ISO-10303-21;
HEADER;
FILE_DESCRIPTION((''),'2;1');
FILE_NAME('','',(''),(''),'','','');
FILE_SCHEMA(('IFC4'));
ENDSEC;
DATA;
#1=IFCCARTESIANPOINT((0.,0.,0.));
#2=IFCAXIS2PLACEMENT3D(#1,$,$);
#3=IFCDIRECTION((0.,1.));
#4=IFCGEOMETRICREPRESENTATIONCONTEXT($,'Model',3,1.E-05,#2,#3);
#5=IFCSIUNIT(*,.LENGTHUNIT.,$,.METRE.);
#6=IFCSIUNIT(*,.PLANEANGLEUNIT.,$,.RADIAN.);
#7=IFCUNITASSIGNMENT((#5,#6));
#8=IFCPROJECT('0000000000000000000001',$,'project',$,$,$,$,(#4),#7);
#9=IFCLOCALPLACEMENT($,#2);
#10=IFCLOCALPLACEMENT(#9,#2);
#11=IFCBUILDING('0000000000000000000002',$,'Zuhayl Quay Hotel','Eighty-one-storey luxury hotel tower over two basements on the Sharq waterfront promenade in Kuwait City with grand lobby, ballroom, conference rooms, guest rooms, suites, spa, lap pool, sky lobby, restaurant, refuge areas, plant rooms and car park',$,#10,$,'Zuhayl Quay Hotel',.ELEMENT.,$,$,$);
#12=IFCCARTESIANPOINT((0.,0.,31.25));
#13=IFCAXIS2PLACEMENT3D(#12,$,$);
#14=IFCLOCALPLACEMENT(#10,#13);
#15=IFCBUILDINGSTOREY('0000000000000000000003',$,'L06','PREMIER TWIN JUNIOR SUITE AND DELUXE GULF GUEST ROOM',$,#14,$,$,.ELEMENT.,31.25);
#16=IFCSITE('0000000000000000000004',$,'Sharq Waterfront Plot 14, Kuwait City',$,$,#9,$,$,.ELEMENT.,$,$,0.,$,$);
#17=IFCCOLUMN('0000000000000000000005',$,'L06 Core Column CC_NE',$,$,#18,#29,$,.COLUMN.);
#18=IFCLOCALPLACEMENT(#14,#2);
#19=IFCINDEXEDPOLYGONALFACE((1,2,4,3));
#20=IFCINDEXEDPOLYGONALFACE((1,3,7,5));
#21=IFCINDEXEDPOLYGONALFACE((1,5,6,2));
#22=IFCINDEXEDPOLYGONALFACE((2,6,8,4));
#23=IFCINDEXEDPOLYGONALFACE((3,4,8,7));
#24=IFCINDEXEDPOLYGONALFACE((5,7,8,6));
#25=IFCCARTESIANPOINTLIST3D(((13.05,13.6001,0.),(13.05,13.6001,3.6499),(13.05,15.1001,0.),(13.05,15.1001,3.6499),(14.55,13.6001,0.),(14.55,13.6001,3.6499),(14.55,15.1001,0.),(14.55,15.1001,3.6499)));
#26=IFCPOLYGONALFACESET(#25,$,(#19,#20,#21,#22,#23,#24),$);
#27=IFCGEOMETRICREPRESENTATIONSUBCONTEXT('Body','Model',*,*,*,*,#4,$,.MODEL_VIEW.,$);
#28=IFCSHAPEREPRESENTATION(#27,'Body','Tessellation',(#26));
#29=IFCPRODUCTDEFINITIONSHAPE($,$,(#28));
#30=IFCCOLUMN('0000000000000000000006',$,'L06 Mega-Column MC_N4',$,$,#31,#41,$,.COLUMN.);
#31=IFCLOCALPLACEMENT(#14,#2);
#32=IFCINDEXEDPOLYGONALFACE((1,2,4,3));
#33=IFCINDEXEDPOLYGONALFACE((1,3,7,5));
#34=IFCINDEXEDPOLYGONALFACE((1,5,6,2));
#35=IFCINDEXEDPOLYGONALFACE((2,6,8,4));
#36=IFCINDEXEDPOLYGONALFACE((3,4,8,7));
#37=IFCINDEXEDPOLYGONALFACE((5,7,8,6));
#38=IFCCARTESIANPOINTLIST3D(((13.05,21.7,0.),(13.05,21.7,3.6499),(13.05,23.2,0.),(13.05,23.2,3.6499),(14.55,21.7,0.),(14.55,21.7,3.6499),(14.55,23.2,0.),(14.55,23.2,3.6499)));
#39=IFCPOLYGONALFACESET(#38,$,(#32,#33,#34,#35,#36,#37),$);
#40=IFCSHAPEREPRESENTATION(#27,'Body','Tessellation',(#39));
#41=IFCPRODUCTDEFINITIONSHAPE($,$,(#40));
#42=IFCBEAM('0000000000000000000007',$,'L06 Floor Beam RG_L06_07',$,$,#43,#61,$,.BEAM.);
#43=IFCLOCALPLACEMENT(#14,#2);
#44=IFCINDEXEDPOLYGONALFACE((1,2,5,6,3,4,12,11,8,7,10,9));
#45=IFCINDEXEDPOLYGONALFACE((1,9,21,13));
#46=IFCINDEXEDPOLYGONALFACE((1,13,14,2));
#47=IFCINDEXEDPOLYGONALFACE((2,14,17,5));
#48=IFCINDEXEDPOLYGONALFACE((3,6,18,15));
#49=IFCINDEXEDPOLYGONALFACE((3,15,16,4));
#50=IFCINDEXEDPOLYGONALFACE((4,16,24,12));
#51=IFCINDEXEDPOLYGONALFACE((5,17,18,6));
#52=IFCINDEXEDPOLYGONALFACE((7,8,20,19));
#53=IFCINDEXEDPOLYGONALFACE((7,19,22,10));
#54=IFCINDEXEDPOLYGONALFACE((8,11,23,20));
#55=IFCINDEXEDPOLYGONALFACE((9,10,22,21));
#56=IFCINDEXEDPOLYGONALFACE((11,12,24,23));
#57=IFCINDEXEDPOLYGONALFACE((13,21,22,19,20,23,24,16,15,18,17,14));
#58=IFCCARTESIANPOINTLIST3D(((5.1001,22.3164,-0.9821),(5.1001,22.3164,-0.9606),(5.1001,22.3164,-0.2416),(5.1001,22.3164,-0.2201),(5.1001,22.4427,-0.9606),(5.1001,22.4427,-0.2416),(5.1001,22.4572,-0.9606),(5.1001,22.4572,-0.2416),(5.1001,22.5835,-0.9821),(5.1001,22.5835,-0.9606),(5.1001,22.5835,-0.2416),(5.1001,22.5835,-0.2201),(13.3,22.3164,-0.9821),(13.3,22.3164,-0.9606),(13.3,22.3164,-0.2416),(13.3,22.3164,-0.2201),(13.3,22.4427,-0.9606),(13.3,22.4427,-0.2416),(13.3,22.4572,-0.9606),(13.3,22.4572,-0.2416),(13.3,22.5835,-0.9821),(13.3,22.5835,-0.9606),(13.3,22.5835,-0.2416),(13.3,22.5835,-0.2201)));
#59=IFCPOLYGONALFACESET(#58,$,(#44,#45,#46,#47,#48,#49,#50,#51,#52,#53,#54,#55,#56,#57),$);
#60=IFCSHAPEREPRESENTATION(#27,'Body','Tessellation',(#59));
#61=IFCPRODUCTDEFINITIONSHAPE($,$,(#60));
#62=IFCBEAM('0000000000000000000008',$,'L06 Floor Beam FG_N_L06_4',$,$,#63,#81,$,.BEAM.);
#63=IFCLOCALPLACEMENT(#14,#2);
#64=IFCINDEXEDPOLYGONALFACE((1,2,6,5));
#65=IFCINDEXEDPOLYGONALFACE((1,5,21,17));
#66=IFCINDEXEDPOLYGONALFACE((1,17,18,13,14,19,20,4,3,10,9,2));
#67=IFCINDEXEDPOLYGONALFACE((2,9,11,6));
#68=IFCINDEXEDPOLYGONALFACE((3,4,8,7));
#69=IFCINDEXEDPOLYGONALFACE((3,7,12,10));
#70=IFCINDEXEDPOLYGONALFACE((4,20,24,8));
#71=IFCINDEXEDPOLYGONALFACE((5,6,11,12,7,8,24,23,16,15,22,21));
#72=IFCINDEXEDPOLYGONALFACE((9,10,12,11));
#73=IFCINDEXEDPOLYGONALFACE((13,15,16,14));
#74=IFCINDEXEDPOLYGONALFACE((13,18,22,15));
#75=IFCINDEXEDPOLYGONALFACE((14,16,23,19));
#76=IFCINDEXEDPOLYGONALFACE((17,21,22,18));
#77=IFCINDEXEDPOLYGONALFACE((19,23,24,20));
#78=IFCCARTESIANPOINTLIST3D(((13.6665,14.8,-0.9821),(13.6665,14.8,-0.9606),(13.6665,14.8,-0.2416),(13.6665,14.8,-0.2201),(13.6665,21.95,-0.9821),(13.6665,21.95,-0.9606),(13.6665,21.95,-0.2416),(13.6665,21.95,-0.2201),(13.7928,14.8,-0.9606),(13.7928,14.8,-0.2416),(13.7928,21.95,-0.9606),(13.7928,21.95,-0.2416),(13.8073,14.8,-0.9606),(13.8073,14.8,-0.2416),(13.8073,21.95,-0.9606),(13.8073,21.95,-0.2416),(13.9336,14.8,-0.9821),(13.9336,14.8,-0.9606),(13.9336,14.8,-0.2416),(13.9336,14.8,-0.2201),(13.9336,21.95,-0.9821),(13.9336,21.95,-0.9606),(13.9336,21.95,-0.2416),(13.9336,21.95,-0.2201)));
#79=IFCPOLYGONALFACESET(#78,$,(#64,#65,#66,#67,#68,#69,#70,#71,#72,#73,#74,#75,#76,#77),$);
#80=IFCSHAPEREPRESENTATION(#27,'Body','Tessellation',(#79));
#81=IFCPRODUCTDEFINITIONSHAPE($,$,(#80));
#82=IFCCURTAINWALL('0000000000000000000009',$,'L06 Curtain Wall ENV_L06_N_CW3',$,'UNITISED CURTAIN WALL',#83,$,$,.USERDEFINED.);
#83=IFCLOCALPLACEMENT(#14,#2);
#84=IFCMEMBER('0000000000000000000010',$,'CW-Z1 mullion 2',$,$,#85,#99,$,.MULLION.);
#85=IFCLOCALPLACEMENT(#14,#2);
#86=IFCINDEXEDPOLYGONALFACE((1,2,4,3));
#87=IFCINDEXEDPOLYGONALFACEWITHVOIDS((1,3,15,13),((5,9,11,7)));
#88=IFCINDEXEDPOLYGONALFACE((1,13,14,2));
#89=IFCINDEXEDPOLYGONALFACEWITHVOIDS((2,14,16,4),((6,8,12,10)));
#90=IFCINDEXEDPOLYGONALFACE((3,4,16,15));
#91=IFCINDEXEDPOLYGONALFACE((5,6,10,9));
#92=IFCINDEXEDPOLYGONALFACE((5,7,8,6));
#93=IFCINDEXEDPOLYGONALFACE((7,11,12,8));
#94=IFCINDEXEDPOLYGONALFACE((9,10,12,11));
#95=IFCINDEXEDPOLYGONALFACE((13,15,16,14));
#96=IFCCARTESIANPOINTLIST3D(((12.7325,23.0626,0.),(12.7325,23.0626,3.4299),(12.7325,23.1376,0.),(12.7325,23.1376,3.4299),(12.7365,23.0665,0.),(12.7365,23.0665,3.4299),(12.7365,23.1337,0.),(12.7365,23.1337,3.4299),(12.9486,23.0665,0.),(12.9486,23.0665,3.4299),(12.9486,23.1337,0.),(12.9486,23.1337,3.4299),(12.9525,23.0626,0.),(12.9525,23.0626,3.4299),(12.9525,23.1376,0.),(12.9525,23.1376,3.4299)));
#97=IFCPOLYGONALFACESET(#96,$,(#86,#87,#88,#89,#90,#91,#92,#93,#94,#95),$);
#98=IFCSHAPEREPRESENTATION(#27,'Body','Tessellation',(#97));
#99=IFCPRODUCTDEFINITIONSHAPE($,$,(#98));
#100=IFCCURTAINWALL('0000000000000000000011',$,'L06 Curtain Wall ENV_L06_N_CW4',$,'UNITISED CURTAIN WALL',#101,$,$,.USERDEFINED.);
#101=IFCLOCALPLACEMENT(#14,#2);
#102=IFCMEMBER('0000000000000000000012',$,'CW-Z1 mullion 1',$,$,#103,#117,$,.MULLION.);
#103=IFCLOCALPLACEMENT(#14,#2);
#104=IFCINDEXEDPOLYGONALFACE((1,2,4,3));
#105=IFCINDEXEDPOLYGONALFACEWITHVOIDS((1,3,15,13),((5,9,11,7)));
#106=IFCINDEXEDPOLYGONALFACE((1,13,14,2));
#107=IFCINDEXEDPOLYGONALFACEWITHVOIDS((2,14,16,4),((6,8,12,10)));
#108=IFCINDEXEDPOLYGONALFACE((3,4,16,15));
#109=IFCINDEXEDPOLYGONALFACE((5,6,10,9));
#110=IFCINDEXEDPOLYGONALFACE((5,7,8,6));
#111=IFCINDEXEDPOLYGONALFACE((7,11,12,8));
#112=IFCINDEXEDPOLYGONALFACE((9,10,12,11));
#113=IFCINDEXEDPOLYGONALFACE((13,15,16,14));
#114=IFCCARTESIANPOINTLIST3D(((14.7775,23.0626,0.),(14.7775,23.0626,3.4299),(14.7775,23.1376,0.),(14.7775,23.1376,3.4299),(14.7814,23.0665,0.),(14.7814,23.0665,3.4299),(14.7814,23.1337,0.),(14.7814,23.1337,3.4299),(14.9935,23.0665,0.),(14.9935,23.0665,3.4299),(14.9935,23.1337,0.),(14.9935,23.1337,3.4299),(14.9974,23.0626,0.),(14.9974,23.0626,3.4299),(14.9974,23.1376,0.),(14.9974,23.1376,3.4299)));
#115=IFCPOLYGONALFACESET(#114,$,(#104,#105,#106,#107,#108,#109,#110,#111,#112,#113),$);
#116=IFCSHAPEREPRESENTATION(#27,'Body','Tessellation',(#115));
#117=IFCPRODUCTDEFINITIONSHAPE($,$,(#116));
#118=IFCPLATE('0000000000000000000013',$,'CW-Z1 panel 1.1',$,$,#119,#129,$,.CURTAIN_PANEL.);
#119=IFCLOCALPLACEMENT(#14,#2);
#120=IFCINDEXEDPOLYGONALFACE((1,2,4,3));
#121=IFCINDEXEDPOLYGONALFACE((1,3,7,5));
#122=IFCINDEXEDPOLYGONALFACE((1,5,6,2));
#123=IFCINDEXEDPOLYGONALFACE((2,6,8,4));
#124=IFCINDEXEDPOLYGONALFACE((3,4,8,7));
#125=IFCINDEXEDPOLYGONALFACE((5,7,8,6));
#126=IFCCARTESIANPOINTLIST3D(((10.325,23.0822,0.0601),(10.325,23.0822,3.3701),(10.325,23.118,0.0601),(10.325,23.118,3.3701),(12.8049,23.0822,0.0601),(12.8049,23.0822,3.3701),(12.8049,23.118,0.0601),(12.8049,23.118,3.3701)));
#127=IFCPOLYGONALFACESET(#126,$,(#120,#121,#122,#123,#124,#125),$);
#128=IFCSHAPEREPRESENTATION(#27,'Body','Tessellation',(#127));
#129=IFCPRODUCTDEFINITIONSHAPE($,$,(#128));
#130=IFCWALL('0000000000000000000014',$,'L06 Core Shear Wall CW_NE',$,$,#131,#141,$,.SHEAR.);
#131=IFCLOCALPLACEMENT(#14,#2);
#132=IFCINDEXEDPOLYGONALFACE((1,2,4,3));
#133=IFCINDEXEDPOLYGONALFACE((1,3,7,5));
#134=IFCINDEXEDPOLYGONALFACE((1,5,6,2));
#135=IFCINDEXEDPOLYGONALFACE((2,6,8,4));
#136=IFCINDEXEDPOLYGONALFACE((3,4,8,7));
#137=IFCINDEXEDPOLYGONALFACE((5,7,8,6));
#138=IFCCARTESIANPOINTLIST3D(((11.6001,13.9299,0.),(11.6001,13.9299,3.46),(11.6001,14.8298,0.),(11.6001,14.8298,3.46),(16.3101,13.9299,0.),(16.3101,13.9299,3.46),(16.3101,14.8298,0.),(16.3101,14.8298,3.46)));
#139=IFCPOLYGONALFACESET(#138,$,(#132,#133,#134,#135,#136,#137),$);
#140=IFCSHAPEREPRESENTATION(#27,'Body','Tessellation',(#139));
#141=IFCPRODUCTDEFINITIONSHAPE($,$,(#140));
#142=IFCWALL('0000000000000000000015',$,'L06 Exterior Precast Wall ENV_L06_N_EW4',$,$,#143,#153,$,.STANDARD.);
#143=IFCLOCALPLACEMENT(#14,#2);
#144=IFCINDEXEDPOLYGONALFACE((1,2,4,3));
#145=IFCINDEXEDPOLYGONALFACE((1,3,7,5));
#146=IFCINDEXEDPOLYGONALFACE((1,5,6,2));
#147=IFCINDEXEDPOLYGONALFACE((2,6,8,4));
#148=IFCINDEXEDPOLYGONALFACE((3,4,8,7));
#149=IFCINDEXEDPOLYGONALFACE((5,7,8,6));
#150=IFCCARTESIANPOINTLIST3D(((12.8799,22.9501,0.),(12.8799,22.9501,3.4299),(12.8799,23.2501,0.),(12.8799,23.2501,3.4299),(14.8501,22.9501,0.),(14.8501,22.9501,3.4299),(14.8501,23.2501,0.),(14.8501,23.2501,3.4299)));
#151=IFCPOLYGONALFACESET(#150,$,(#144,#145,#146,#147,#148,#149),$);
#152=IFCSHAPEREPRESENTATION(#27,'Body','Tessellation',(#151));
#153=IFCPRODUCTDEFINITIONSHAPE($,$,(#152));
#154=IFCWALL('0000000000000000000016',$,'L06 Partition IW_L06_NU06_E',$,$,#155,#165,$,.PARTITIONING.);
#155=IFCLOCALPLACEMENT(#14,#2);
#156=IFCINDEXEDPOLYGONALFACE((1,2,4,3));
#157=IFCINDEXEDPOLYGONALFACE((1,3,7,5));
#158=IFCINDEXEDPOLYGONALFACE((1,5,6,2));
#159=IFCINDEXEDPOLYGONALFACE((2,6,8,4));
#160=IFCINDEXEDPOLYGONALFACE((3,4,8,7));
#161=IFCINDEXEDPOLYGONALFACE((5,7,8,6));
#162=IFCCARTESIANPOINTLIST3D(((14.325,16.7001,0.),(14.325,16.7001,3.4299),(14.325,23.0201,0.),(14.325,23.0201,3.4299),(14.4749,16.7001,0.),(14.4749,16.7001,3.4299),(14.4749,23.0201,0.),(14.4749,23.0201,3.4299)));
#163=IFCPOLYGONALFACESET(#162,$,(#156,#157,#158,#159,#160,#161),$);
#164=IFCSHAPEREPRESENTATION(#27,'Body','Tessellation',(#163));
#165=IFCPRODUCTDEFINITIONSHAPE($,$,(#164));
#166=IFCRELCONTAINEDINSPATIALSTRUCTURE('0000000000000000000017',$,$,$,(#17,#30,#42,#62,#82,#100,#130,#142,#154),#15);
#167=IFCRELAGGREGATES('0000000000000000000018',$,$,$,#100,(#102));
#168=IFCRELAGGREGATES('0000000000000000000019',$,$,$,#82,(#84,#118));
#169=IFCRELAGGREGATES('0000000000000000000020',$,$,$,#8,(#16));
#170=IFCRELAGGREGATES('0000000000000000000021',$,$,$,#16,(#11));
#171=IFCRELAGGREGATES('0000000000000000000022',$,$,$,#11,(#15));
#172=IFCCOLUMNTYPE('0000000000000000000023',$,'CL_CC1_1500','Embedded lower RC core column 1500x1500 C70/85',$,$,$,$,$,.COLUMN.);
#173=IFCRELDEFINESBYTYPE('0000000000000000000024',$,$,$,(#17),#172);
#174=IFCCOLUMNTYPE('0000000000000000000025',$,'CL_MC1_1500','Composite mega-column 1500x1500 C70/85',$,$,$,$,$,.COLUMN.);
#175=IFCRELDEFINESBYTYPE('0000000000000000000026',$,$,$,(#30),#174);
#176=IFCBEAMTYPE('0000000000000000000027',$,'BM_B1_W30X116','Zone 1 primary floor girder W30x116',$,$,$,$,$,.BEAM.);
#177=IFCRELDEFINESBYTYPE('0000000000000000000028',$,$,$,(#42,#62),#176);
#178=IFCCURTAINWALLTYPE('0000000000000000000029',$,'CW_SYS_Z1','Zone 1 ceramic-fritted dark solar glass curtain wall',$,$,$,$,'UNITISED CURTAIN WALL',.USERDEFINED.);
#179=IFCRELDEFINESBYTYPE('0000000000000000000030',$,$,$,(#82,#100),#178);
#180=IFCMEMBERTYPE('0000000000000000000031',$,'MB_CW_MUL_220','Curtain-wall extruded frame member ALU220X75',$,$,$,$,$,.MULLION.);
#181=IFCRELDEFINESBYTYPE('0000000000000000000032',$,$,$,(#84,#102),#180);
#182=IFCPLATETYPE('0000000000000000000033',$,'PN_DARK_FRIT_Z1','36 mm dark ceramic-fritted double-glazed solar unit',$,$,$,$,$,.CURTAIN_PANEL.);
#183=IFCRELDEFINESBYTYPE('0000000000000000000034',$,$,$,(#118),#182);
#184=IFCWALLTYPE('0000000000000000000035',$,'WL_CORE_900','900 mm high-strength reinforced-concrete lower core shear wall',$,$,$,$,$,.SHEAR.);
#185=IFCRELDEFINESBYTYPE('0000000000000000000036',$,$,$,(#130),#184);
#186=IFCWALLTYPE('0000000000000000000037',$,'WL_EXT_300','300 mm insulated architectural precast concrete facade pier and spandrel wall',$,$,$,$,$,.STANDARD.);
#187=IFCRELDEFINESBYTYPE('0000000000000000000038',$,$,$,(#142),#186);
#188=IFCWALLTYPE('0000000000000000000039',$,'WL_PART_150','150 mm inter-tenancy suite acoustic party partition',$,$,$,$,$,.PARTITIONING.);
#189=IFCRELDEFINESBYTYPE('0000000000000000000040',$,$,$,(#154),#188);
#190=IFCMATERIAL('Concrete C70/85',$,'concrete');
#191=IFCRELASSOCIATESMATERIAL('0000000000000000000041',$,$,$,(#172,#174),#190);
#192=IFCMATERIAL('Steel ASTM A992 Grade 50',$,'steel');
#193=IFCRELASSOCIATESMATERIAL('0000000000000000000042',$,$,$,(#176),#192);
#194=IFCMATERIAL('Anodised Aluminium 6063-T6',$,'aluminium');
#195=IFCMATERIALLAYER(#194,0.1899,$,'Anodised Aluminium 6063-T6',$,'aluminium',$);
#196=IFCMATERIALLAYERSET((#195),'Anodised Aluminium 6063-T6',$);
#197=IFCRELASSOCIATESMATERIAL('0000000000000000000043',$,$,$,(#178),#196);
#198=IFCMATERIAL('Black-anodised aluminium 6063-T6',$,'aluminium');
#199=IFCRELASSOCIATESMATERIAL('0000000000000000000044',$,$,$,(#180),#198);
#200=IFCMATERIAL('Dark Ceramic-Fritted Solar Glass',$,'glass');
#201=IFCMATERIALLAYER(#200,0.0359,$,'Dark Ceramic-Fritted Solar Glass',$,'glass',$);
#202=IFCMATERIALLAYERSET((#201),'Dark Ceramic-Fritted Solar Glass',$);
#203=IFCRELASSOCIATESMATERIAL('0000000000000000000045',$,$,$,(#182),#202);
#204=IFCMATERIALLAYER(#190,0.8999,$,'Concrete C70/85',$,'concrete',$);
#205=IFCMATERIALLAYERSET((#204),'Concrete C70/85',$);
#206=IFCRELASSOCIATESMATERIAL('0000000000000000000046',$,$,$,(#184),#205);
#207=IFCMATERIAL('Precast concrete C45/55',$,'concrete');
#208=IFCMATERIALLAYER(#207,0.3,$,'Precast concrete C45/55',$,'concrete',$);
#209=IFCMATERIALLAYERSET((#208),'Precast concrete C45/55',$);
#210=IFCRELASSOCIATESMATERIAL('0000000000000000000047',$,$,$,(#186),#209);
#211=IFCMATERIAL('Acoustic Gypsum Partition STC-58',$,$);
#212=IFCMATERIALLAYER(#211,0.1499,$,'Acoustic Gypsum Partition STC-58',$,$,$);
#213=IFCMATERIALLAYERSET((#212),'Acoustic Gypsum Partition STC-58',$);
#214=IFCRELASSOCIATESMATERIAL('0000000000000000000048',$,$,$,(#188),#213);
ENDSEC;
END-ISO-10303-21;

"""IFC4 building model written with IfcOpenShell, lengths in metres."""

from ifc_helpers import new_model, si_unit, direction, frame, frame_2d, origin, origin_2d, place, context, subcontext, project, spatial, rectangle, hollow_rectangle, i_section, extrude, material, layer, layer_set, material_profile, profile_set, type_object, element, aggregate, save


model = new_model("IFC4")

# Units and contexts
model_context = context("Model", 3, precision=1e-05, world=origin(), true_north=direction((0.0, 1.0)))
body_context = subcontext(model_context, "Body", "Model", "MODEL_VIEW")
ifc_project = project(units=[si_unit("LENGTHUNIT", "METRE"), si_unit("PLANEANGLEUNIT", "RADIAN")], contexts=[model_context])

# Site, building, storey
site_placement = place(None, origin())
site = spatial("IfcSite", under=ifc_project, at=site_placement, Name="Sharq Waterfront Plot 14, Kuwait City", CompositionType="ELEMENT", RefElevation=0.0)
building_placement = place(site_placement, origin())
building = spatial("IfcBuilding", under=site, at=building_placement, Name="Zuhayl Quay Hotel", Description="Eighty-one-storey luxury hotel tower over two basements on the Sharq waterfront promenade in Kuwait City with grand lobby, ballroom, conference rooms, guest rooms, suites, spa, lap pool, sky lobby, restaurant, refuge areas, plant rooms and car park", LongName="Zuhayl Quay Hotel", CompositionType="ELEMENT")
storey_placement = place(building_placement, frame((0.0, 0.0, 31.25)))
storey = spatial("IfcBuildingStorey", under=building, at=storey_placement, Name="L06", Description="PREMIER TWIN JUNIOR SUITE AND DELUXE GULF GUEST ROOM", CompositionType="ELEMENT", Elevation=31.25)

# Columns
ifc_material_1 = material(Name="Concrete C70/85", Category="concrete")
ifc_material_profile_1 = material_profile(ifc_material_1, rectangle(XDim=1.5, YDim=1.5, at=origin_2d()), Name="RC1500X1500")
ifc_profile_set_1 = profile_set([ifc_material_profile_1], Name="Concrete C70/85")
column_type_1 = type_object("IfcColumnType", Name="CL_CC1_1500", Description="Embedded lower RC core column 1500x1500 C70/85", PredefinedType="COLUMN", material=ifc_profile_set_1)
column_1_placement = place(storey_placement, frame((13.8, 14.3501, 0.0), z_axis=(0.0, 0.0, 1.0), x_axis=(1.0, 0.0, 0.0)))
element("IfcColumn", 1, at=column_1_placement, inside=storey, type_object=column_type_1, Name="L06 Core Column CC_NE", PredefinedType="COLUMN", context=body_context, shape_type="SweptSolid", body=[
    extrude(rectangle(XDim=1.5, YDim=1.5, at=origin_2d()), origin(), (0.0, 0.0, 1.0), 3.6499),
])
ifc_material_profile_2 = material_profile(ifc_material_1, rectangle(XDim=1.5, YDim=1.5, at=origin_2d()), Name="RC1500X1500")
ifc_profile_set_2 = profile_set([ifc_material_profile_2], Name="Concrete C70/85")
column_type_2 = type_object("IfcColumnType", Name="CL_MC1_1500", Description="Composite mega-column 1500x1500 C70/85", PredefinedType="COLUMN", material=ifc_profile_set_2)
column_2_placement = place(storey_placement, frame((13.8, 22.45, 0.0), z_axis=(0.0, 0.0, 1.0), x_axis=(1.0, 0.0, 0.0)))
element("IfcColumn", 2, at=column_2_placement, inside=storey, type_object=column_type_2, Name="L06 Mega-Column MC_N4", PredefinedType="COLUMN", context=body_context, shape_type="SweptSolid", body=[
    extrude(rectangle(XDim=1.5, YDim=1.5, at=origin_2d()), origin(), (0.0, 0.0, 1.0), 3.6499),
])

# Beams
ifc_material_2 = material(Name="Steel ASTM A992 Grade 50", Category="steel")
ifc_material_profile_3 = material_profile(ifc_material_2, i_section(OverallWidth=0.2671, OverallDepth=0.762, WebThickness=0.0144, FlangeThickness=0.0215, at=origin_2d()), Name="W30X116")
ifc_profile_set_3 = profile_set([ifc_material_profile_3], Name="Steel ASTM A992 Grade 50")
beam_type = type_object("IfcBeamType", Name="BM_B1_W30X116", Description="Zone 1 primary floor girder W30x116", PredefinedType="BEAM", material=ifc_profile_set_3)
beam_1_placement = place(storey_placement, frame((13.3, 22.45, -0.6011), z_axis=(-1.0, 0.0, 0.0), x_axis=(0.0, -1.0, 0.0)))
element("IfcBeam", 3, at=beam_1_placement, inside=storey, type_object=beam_type, Name="L06 Floor Beam RG_L06_07", PredefinedType="BEAM", context=body_context, shape_type="SweptSolid", body=[
    extrude(i_section(OverallWidth=0.2671, OverallDepth=0.762, WebThickness=0.0144, FlangeThickness=0.0215, at=origin_2d()), origin(), (0.0, 0.0, 1.0), 8.2),
])
beam_2_placement = place(storey_placement, frame((13.8, 14.8, -0.6011), z_axis=(0.0, 1.0, 0.0), x_axis=(-1.0, 0.0, 0.0)))
element("IfcBeam", 4, at=beam_2_placement, inside=storey, type_object=beam_type, Name="L06 Floor Beam FG_N_L06_4", PredefinedType="BEAM", context=body_context, shape_type="SweptSolid", body=[
    extrude(i_section(OverallWidth=0.2671, OverallDepth=0.762, WebThickness=0.0144, FlangeThickness=0.0215, at=origin_2d()), origin(), (0.0, 0.0, 1.0), 7.1499),
])

# Curtain walls, members
ifc_material_3 = material(Name="Anodised Aluminium 6063-T6", Category="aluminium")
ifc_layer_1 = layer(ifc_material_3, 0.1899, Name="Anodised Aluminium 6063-T6", Category="aluminium")
ifc_layer_set_1 = layer_set([ifc_layer_1], Name="Anodised Aluminium 6063-T6")
curtain_wall_type = type_object("IfcCurtainWallType", Name="CW_SYS_Z1", Description="Zone 1 ceramic-fritted dark solar glass curtain wall", ElementType="UNITISED CURTAIN WALL", PredefinedType="USERDEFINED", material=ifc_layer_set_1)
curtain_wall_1_placement = place(storey_placement, origin())
curtain_wall_1 = element("IfcCurtainWall", 5, at=curtain_wall_1_placement, inside=storey, type_object=curtain_wall_type, Name="L06 Curtain Wall ENV_L06_N_CW3", ObjectType="UNITISED CURTAIN WALL", PredefinedType="USERDEFINED")
ifc_material_4 = material(Name="Black-anodised aluminium 6063-T6", Category="aluminium")
ifc_material_profile_4 = material_profile(ifc_material_4, hollow_rectangle(XDim=0.075, YDim=0.22, WallThickness=0.0039, at=origin_2d()), Name="ALU220X75")
ifc_profile_set_4 = profile_set([ifc_material_profile_4], Name="Black-anodised aluminium 6063-T6")
member_type = type_object("IfcMemberType", Name="MB_CW_MUL_220", Description="Curtain-wall extruded frame member ALU220X75", PredefinedType="MULLION", material=ifc_profile_set_4)
member_1_placement = place(storey_placement, frame((12.8425, 23.1001, 0.0), z_axis=(0.0, 0.0, 1.0), x_axis=(0.0, 1.0, 0.0)))
member_1 = element("IfcMember", 6, at=member_1_placement, type_object=member_type, Name="CW-Z1 mullion 2", PredefinedType="MULLION", context=body_context, shape_type="SweptSolid", body=[
    extrude(hollow_rectangle(XDim=0.075, YDim=0.22, WallThickness=0.0039, at=origin_2d()), origin(), (0.0, 0.0, 1.0), 3.4299),
])
curtain_wall_2_placement = place(storey_placement, origin())
curtain_wall_2 = element("IfcCurtainWall", 7, at=curtain_wall_2_placement, inside=storey, type_object=curtain_wall_type, Name="L06 Curtain Wall ENV_L06_N_CW4", ObjectType="UNITISED CURTAIN WALL", PredefinedType="USERDEFINED")
member_2_placement = place(storey_placement, frame((14.8875, 23.1001, 0.0), z_axis=(0.0, 0.0, 1.0), x_axis=(0.0, 1.0, 0.0)))
member_2 = element("IfcMember", 8, at=member_2_placement, type_object=member_type, Name="CW-Z1 mullion 1", PredefinedType="MULLION", context=body_context, shape_type="SweptSolid", body=[
    extrude(hollow_rectangle(XDim=0.075, YDim=0.22, WallThickness=0.0039, at=origin_2d()), origin(), (0.0, 0.0, 1.0), 3.4299),
])
aggregate(curtain_wall_2, [member_2])

# Plate
ifc_material_5 = material(Name="Dark Ceramic-Fritted Solar Glass", Category="glass")
ifc_layer_2 = layer(ifc_material_5, 0.0359, Name="Dark Ceramic-Fritted Solar Glass", Category="glass")
ifc_layer_set_2 = layer_set([ifc_layer_2], Name="Dark Ceramic-Fritted Solar Glass")
plate_type = type_object("IfcPlateType", Name="PN_DARK_FRIT_Z1", Description="36 mm dark ceramic-fritted double-glazed solar unit", PredefinedType="CURTAIN_PANEL", material=ifc_layer_set_2)
plate_placement = place(storey_placement, frame((11.5649, 23.1001, 0.0601), z_axis=(0.0, 0.0, 1.0), x_axis=(1.0, 0.0, 0.0)))
plate = element("IfcPlate", 9, at=plate_placement, type_object=plate_type, Name="CW-Z1 panel 1.1", PredefinedType="CURTAIN_PANEL", context=body_context, shape_type="SweptSolid", body=[
    extrude(rectangle(XDim=2.48, YDim=0.0359, at=origin_2d()), origin(), (0.0, 0.0, 1.0), 3.3101),
])
aggregate(curtain_wall_1, [member_1, plate])

# Walls
ifc_layer_3 = layer(ifc_material_1, 0.8999, Name="Concrete C70/85", Category="concrete")
ifc_layer_set_3 = layer_set([ifc_layer_3], Name="Concrete C70/85")
wall_type_1 = type_object("IfcWallType", Name="WL_CORE_900", Description="900 mm high-strength reinforced-concrete lower core shear wall", PredefinedType="SHEAR", material=ifc_layer_set_3)
wall_1_placement = place(storey_placement, frame((11.6001, 14.3799, 0.0), z_axis=(0.0, 0.0, 1.0), x_axis=(1.0, 0.0, 0.0)))
element("IfcWall", 10, at=wall_1_placement, inside=storey, type_object=wall_type_1, Name="L06 Core Shear Wall CW_NE", PredefinedType="SHEAR", context=body_context, shape_type="SweptSolid", body=[
    extrude(rectangle(XDim=4.71, YDim=0.8999, at=frame_2d((2.355, 0.0))), origin(), (0.0, 0.0, 1.0), 3.46),
])
ifc_material_6 = material(Name="Precast concrete C45/55", Category="concrete")
ifc_layer_4 = layer(ifc_material_6, 0.3, Name="Precast concrete C45/55", Category="concrete")
ifc_layer_set_4 = layer_set([ifc_layer_4], Name="Precast concrete C45/55")
wall_type_2 = type_object("IfcWallType", Name="WL_EXT_300", Description="300 mm insulated architectural precast concrete facade pier and spandrel wall", PredefinedType="STANDARD", material=ifc_layer_set_4)
wall_2_placement = place(storey_placement, frame((12.8799, 23.1001, 0.0), z_axis=(0.0, 0.0, 1.0), x_axis=(1.0, 0.0, 0.0)))
element("IfcWall", 11, at=wall_2_placement, inside=storey, type_object=wall_type_2, Name="L06 Exterior Precast Wall ENV_L06_N_EW4", PredefinedType="STANDARD", context=body_context, shape_type="SweptSolid", body=[
    extrude(rectangle(XDim=1.9702, YDim=0.3, at=frame_2d((0.9851, 0.0))), origin(), (0.0, 0.0, 1.0), 3.4299),
])
ifc_material_7 = material(Name="Acoustic Gypsum Partition STC-58")
ifc_layer_5 = layer(ifc_material_7, 0.1499, Name="Acoustic Gypsum Partition STC-58")
ifc_layer_set_5 = layer_set([ifc_layer_5], Name="Acoustic Gypsum Partition STC-58")
wall_type_3 = type_object("IfcWallType", Name="WL_PART_150", Description="150 mm inter-tenancy suite acoustic party partition", PredefinedType="PARTITIONING", material=ifc_layer_set_5)
wall_3_placement = place(storey_placement, frame((14.3999, 16.7, 0.0), z_axis=(0.0, 0.0, 1.0), x_axis=(0.0, 1.0, 0.0)))
element("IfcWall", 12, at=wall_3_placement, inside=storey, type_object=wall_type_3, Name="L06 Partition IW_L06_NU06_E", PredefinedType="PARTITIONING", context=body_context, shape_type="SweptSolid", body=[
    extrude(rectangle(XDim=6.3201, YDim=0.1499, at=frame_2d((3.1602, 0.0))), origin(), (0.0, 0.0, 1.0), 3.4299),
])

save(model, "model.ifc")
